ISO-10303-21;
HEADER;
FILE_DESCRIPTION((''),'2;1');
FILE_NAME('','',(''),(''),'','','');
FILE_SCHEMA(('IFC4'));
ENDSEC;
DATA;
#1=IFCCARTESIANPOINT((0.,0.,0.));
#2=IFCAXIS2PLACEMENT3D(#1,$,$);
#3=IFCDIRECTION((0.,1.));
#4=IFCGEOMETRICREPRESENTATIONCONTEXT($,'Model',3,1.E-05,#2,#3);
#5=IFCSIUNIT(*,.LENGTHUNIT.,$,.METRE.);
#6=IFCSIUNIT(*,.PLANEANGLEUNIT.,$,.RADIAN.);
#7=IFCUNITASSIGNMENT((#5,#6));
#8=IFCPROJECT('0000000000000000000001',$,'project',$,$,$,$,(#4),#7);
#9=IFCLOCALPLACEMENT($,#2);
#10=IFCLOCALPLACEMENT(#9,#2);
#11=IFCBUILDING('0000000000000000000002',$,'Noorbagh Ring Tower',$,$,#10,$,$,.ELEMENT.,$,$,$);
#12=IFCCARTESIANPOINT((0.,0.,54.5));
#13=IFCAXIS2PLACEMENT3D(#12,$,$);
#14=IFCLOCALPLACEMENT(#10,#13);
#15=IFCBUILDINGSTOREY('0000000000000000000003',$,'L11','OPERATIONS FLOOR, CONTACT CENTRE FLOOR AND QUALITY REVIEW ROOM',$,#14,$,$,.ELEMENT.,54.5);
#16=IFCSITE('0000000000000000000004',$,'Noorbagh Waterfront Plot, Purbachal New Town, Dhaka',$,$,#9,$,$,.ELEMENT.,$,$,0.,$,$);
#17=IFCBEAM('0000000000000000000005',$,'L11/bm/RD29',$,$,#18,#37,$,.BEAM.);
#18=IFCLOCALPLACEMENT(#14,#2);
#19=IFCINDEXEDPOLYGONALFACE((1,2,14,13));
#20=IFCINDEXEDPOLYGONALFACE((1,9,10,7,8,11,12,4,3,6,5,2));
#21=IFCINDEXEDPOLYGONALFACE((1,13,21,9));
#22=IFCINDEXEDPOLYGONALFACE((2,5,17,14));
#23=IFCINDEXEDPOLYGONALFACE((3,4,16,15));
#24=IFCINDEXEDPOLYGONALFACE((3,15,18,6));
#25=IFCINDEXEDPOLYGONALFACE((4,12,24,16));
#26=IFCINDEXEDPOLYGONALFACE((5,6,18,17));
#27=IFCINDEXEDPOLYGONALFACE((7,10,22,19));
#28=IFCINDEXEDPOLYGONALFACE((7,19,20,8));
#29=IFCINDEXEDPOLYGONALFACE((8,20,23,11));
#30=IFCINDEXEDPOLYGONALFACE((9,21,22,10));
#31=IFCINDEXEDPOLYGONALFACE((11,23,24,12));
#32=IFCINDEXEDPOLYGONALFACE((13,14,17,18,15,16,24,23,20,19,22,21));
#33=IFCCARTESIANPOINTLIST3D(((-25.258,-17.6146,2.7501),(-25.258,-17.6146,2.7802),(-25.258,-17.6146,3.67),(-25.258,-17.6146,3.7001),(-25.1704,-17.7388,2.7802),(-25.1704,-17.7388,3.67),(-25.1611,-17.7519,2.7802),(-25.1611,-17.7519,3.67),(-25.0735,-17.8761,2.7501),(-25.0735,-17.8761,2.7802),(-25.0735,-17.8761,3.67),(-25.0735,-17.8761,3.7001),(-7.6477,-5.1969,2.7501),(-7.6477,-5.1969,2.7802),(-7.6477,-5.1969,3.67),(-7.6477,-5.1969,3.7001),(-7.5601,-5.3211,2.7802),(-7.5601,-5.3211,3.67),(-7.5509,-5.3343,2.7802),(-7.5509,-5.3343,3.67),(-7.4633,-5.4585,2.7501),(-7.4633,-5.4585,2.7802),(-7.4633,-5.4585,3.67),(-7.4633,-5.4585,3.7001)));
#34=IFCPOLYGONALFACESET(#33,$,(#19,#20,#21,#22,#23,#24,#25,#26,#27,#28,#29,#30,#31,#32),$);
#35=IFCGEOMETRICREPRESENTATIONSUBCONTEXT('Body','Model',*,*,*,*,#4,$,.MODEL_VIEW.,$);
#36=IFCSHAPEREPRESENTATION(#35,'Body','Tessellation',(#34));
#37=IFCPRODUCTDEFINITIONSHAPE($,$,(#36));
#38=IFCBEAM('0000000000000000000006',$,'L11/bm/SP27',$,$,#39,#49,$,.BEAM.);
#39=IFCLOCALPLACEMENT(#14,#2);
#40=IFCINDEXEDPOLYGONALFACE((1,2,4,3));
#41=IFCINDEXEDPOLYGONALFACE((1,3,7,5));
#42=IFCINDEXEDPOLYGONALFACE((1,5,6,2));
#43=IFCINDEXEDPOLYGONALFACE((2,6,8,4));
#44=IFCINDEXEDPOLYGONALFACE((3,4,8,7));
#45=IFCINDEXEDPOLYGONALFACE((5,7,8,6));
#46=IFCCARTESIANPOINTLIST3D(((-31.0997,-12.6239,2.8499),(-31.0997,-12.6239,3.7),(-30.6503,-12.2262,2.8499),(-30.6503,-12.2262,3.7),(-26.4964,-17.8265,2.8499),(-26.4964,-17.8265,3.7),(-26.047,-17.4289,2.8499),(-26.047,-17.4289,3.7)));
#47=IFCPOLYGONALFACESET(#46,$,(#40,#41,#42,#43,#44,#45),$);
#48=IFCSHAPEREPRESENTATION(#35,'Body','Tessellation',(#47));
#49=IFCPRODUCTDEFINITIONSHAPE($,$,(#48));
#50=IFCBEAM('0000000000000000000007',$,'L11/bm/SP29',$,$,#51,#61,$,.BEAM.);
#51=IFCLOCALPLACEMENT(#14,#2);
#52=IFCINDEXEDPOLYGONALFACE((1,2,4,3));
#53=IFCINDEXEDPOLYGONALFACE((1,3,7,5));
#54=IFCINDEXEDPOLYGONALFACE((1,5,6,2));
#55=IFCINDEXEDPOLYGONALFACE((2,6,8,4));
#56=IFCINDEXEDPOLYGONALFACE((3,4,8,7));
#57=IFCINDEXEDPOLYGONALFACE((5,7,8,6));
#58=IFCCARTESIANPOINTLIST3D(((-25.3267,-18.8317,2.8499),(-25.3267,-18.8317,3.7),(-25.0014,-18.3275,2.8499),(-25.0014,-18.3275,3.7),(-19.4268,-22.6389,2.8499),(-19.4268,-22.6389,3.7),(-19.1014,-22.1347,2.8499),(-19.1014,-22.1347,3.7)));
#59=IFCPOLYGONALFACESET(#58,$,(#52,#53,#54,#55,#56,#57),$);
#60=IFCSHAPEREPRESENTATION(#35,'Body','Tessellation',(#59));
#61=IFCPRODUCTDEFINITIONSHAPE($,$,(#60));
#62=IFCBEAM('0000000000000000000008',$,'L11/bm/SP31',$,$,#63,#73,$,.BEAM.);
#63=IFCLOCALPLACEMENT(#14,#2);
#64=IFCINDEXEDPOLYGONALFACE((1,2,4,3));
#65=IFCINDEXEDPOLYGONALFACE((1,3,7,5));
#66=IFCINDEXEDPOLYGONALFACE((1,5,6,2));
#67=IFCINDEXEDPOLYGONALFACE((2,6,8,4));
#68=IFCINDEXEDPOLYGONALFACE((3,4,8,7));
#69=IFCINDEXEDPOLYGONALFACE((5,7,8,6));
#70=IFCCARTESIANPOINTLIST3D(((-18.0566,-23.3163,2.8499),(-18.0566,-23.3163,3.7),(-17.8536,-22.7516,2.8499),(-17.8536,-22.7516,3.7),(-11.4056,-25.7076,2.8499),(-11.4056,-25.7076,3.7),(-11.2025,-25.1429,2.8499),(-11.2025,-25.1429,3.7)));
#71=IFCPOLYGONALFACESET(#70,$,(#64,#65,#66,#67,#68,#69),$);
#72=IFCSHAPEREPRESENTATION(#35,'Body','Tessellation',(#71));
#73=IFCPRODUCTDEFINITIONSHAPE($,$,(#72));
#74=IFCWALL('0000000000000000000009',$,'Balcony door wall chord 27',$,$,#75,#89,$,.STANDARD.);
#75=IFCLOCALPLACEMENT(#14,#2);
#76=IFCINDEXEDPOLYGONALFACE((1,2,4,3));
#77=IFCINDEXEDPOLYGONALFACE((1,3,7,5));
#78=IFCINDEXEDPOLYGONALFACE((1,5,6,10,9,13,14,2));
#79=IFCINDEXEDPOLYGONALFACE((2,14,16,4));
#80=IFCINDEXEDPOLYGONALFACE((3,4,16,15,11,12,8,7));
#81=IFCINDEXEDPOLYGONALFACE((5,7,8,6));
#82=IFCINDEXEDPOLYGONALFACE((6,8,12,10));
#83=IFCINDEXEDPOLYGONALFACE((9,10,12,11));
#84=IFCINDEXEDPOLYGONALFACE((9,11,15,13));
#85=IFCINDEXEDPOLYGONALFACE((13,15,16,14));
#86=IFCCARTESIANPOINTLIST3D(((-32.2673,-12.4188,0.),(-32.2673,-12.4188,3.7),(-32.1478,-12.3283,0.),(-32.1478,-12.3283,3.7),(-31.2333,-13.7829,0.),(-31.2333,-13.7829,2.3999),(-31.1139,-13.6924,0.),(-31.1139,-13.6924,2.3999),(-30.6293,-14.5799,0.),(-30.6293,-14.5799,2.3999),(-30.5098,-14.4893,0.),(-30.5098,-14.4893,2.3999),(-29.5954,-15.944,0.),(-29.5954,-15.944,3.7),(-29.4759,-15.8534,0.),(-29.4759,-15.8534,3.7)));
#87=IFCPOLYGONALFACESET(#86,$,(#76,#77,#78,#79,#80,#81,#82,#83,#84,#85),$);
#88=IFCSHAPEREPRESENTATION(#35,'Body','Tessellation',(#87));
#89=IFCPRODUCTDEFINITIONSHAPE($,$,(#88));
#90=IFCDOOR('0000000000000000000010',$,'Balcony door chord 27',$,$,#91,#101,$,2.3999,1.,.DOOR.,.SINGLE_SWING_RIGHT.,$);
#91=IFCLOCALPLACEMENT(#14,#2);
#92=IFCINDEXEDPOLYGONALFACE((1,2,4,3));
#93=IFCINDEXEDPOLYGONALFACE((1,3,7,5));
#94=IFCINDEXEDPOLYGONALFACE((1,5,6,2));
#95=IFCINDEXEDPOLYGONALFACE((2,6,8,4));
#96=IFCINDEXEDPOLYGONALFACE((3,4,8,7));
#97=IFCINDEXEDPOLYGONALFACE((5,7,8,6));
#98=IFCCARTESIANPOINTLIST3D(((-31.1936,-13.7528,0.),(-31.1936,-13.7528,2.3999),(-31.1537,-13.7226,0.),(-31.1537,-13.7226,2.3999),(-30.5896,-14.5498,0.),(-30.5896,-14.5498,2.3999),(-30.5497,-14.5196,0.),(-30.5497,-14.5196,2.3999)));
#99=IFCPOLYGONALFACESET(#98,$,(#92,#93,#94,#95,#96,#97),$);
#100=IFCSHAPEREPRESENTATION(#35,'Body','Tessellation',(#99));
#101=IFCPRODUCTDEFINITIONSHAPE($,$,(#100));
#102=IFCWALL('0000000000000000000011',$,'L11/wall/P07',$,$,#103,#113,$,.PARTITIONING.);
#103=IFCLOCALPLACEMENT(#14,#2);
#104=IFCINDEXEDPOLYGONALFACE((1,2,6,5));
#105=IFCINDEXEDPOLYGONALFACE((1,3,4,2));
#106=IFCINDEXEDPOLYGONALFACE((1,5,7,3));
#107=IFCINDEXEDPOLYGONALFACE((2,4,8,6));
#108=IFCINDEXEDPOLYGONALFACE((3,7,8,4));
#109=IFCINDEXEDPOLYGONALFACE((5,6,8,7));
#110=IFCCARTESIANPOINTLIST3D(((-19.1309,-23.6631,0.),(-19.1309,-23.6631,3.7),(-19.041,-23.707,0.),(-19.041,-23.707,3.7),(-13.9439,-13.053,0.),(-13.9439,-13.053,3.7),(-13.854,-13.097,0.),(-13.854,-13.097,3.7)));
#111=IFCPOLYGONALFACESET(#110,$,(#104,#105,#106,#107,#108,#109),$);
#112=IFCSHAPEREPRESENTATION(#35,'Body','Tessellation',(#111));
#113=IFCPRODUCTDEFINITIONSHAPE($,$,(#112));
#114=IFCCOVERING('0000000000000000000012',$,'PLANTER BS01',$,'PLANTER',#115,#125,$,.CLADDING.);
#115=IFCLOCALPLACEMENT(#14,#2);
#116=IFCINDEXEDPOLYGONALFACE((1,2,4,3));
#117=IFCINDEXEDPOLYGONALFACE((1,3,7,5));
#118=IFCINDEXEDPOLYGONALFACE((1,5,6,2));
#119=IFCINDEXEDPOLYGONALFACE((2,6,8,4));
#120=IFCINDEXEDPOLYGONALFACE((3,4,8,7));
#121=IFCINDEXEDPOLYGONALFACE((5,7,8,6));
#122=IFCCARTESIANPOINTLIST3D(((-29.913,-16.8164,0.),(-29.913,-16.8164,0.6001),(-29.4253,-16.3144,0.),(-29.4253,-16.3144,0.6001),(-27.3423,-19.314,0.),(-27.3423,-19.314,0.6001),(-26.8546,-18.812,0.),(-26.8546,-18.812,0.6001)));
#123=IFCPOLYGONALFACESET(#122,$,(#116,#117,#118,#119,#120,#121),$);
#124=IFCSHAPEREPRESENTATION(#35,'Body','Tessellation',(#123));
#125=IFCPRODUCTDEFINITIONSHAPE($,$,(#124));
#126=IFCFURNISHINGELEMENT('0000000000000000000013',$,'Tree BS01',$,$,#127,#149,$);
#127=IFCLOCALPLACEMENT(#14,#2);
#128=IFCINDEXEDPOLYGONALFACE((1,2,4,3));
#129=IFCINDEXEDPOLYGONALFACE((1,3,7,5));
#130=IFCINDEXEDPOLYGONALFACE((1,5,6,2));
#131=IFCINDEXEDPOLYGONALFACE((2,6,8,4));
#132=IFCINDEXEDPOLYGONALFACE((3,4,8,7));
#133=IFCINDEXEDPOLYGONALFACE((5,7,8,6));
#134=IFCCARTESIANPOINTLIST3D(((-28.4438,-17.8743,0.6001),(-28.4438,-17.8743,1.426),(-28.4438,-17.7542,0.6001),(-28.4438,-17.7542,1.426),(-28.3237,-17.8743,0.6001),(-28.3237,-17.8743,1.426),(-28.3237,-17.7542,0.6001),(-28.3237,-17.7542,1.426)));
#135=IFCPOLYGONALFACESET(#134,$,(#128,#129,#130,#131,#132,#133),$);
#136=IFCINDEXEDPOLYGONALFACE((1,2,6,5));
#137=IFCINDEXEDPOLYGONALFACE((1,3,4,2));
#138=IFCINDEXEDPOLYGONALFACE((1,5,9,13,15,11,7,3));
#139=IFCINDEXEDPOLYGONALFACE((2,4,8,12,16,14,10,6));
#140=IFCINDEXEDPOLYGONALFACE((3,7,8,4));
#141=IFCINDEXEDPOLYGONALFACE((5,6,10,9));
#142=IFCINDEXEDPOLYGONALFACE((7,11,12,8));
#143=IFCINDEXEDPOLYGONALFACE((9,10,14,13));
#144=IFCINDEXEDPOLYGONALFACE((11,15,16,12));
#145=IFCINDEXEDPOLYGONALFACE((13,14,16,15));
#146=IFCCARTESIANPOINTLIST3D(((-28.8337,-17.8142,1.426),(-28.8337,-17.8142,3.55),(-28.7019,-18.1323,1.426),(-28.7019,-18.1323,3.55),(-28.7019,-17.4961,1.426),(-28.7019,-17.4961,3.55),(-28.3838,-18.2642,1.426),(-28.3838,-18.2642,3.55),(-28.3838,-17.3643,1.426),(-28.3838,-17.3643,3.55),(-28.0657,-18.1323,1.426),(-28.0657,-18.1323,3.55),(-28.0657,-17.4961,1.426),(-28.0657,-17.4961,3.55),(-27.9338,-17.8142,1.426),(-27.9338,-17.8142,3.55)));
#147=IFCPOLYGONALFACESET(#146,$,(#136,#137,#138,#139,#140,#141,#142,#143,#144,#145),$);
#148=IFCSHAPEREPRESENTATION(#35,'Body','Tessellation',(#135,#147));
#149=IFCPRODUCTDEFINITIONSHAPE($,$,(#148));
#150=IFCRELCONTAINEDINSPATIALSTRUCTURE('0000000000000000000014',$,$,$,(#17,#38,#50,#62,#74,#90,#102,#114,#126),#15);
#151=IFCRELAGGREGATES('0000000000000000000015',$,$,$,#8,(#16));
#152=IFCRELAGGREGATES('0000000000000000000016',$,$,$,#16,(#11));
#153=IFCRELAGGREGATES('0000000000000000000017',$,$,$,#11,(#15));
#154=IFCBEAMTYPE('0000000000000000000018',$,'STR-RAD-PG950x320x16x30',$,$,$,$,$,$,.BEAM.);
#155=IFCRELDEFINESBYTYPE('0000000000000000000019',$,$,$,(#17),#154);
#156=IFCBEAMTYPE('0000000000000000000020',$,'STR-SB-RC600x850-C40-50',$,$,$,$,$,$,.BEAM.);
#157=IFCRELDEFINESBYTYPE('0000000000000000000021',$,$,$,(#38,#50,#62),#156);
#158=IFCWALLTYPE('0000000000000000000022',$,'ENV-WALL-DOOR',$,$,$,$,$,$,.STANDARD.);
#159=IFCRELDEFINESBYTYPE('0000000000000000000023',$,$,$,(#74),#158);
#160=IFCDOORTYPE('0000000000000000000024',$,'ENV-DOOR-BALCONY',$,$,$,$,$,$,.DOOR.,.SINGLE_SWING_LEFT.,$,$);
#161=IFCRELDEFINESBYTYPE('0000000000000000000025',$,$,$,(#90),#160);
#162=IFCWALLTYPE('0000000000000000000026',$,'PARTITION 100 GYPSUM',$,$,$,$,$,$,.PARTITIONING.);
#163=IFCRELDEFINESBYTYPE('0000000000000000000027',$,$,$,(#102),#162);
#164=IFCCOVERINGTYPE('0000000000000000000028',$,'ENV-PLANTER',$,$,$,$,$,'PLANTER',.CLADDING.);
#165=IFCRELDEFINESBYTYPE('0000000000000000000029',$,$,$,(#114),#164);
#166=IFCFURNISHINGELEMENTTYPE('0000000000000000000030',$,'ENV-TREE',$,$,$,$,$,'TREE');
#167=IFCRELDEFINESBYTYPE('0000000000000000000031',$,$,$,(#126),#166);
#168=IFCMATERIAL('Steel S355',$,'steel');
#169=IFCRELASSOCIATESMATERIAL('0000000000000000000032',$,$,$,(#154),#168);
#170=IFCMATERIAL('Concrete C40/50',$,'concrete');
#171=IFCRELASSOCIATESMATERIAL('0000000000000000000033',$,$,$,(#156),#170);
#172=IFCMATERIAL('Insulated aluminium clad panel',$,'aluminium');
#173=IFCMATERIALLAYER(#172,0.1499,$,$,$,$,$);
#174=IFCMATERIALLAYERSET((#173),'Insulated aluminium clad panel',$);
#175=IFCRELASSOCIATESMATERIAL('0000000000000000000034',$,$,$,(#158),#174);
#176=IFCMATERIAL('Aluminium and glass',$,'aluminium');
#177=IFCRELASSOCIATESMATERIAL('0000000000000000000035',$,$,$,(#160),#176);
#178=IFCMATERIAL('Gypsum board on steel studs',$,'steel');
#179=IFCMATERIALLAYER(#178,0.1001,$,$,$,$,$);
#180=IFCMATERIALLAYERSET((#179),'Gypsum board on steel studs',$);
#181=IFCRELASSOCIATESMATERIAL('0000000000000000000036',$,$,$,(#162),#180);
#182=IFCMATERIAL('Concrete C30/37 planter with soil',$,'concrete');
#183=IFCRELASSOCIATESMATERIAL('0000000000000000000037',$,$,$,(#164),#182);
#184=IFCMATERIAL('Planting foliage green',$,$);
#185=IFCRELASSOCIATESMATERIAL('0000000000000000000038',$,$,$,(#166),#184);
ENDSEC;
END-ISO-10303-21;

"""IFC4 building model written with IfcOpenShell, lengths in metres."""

from ifc_helpers import new_model, si_unit, direction, frame, frame_2d, origin, origin_2d, place, context, subcontext, project, spatial, polyline, rectangle, i_section, outline, extrude, material, layer, layer_set, material_profile, profile_set, type_object, element, fill, save


model = new_model("IFC4")

# Units and contexts
model_context = context("Model", 3, precision=1e-05, world=origin(), true_north=direction((0.0, 1.0)))
body_context = subcontext(model_context, "Body", "Model", "MODEL_VIEW")
ifc_project = project(units=[si_unit("LENGTHUNIT", "METRE"), si_unit("PLANEANGLEUNIT", "RADIAN")], contexts=[model_context])

# Site, building, storey
site_placement = place(None, origin())
site = spatial("IfcSite", under=ifc_project, at=site_placement, Name="Noorbagh Waterfront Plot, Purbachal New Town, Dhaka", CompositionType="ELEMENT", RefElevation=0.0)
building_placement = place(site_placement, origin())
building = spatial("IfcBuilding", under=site, at=building_placement, Name="Noorbagh Ring Tower", CompositionType="ELEMENT")
storey_placement = place(building_placement, frame((0.0, 0.0, 54.5)))
storey = spatial("IfcBuildingStorey", under=building, at=storey_placement, Name="L11", Description="OPERATIONS FLOOR, CONTACT CENTRE FLOOR AND QUALITY REVIEW ROOM", CompositionType="ELEMENT", Elevation=54.5)

# Beams
ifc_material_1 = material(Name="Steel S355", Category="steel")
ifc_material_profile_1 = material_profile(ifc_material_1, i_section(OverallWidth=0.3201, OverallDepth=0.95, WebThickness=0.0161, FlangeThickness=0.03, at=origin_2d()), Name="PG950x320x16x30")
ifc_profile_set_1 = profile_set([ifc_material_profile_1], Name="Steel S355")
beam_type_1 = type_object("IfcBeamType", Name="STR-RAD-PG950x320x16x30", PredefinedType="BEAM", material=ifc_profile_set_1)
beam_1_placement = place(storey_placement, frame((-25.1658, -17.7454, 3.2251), z_axis=(0.817254, 0.576277, 0.0), x_axis=(-0.576277, 0.817254, 0.0)))
element("IfcBeam", 1, at=beam_1_placement, inside=storey, type_object=beam_type_1, Name="L11/bm/RD29", PredefinedType="BEAM", context=body_context, shape_type="SweptSolid", body=[
    extrude(i_section(OverallWidth=0.3201, OverallDepth=0.95, WebThickness=0.0161, FlangeThickness=0.03, at=origin_2d()), origin(), (0.0, 0.0, 1.0), 21.5481),
])
ifc_material_2 = material(Name="Concrete C40/50", Category="concrete")
ifc_material_profile_2 = material_profile(ifc_material_2, rectangle(XDim=0.6001, YDim=0.8501, at=origin_2d()), Name="RC600x850")
ifc_profile_set_2 = profile_set([ifc_material_profile_2], Name="Concrete C40/50")
beam_type_2 = type_object("IfcBeamType", Name="STR-SB-RC600x850-C40-50", PredefinedType="BEAM", material=ifc_profile_set_2)
beam_2_placement = place(storey_placement, frame((-30.875, -12.425, 3.2749), z_axis=(0.66265, -0.748929, 0.0), x_axis=(0.748929, 0.66265, 0.0)))
element("IfcBeam", 2, at=beam_2_placement, inside=storey, type_object=beam_type_2, Name="L11/bm/SP27", PredefinedType="BEAM", context=body_context, shape_type="SweptSolid", body=[
    extrude(rectangle(XDim=0.6001, YDim=0.8501, at=origin_2d()), origin(), (0.0, 0.0, 1.0), 6.9468),
])
beam_3_placement = place(storey_placement, frame((-25.1641, -18.5796, 3.2749), z_axis=(0.840249, -0.542201, 0.0), x_axis=(0.542201, 0.840249, 0.0)))
element("IfcBeam", 3, at=beam_3_placement, inside=storey, type_object=beam_type_2, Name="L11/bm/SP29", PredefinedType="BEAM", context=body_context, shape_type="SweptSolid", body=[
    extrude(rectangle(XDim=0.6001, YDim=0.8501, at=origin_2d()), origin(), (0.0, 0.0, 1.0), 7.0217),
])
beam_4_placement = place(storey_placement, frame((-17.9551, -23.0339, 3.2749), z_axis=(0.941025, -0.338338, 0.0), x_axis=(0.338338, 0.941025, 0.0)))
element("IfcBeam", 4, at=beam_4_placement, inside=storey, type_object=beam_type_2, Name="L11/bm/SP31", PredefinedType="BEAM", context=body_context, shape_type="SweptSolid", body=[
    extrude(rectangle(XDim=0.6001, YDim=0.8501, at=origin_2d()), origin(), (0.0, 0.0, 1.0), 7.0679),
])

# Wall, opening, door
ifc_material_3 = material(Name="Insulated aluminium clad panel", Category="aluminium")
ifc_layer_1 = layer(ifc_material_3, 0.1499)
ifc_layer_set_1 = layer_set([ifc_layer_1], Name="Insulated aluminium clad panel")
wall_type_1 = type_object("IfcWallType", Name="ENV-WALL-DOOR", PredefinedType="STANDARD", material=ifc_layer_set_1)
wall_1_placement = place(storey_placement, frame((-32.2075, -12.3735, 0.0), z_axis=(0.0, 0.0, 1.0), x_axis=(0.604046, -0.79695, 0.0)))
wall_1 = element("IfcWall", 5, at=wall_1_placement, inside=storey, type_object=wall_type_1, Name="Balcony door wall chord 27", PredefinedType="STANDARD", context=body_context, shape_type="SweptSolid", body=[
    extrude(rectangle(XDim=4.4233, YDim=0.1499, at=frame_2d((2.2117, 0.0))), origin(), (0.0, 0.0, 1.0), 3.7),
])
opening_placement = place(wall_1_placement, frame((1.7117, 0.0, 0.0)))
opening = element("IfcOpeningElement", 6, at=opening_placement, cuts=wall_1, PredefinedType="OPENING", context=body_context, shape_type="SweptSolid", body=[
    extrude(rectangle(XDim=1.0, YDim=2.3999, at=frame_2d((0.5, 1.2))), frame((0.0, 0.085, 0.0), z_axis=(0.0, -1.0, 0.0), x_axis=(1.0, 0.0, 0.0)), (0.0, 0.0, 1.0), 0.1699),
])
ifc_material_4 = material(Name="Aluminium and glass", Category="aluminium")
door_type = type_object("IfcDoorType", Name="ENV-DOOR-BALCONY", OperationType="SINGLE_SWING_LEFT", PredefinedType="DOOR", material=ifc_material_4)
door_placement = place(opening_placement, origin())
door = element("IfcDoor", 7, at=door_placement, inside=storey, type_object=door_type, Name="Balcony door chord 27", OperationType="SINGLE_SWING_RIGHT", OverallHeight=2.3999, OverallWidth=1.0, PredefinedType="DOOR", context=body_context, shape_type="SweptSolid", body=[
    extrude(rectangle(XDim=1.0, YDim=2.3999, at=frame_2d((0.5, 1.2))), frame((0.0, 0.0249, 0.0), z_axis=(0.0, -1.0, 0.0), x_axis=(1.0, 0.0, 0.0)), (0.0, 0.0, 1.0), 0.05),
])
fill(opening, door)

# Wall
ifc_material_5 = material(Name="Gypsum board on steel studs", Category="steel")
ifc_layer_2 = layer(ifc_material_5, 0.1001)
ifc_layer_set_2 = layer_set([ifc_layer_2], Name="Gypsum board on steel studs")
wall_type_2 = type_object("IfcWallType", Name="PARTITION 100 GYPSUM", PredefinedType="PARTITIONING", material=ifc_layer_set_2)
wall_2_placement = place(storey_placement, frame((-19.0859, -23.6851, 0.0), z_axis=(0.0, 0.0, 1.0), x_axis=(0.4392, 0.898389, 0.0)))
element("IfcWall", 8, at=wall_2_placement, inside=storey, type_object=wall_type_2, Name="L11/wall/P07", PredefinedType="PARTITIONING", context=body_context, shape_type="SweptSolid", body=[
    extrude(rectangle(XDim=11.8101, YDim=0.1001, at=frame_2d((5.905, 0.0))), origin(), (0.0, 0.0, 1.0), 3.7),
])

# Covering
ifc_material_6 = material(Name="Concrete C30/37 planter with soil", Category="concrete")
covering_type = type_object("IfcCoveringType", Name="ENV-PLANTER", ElementType="PLANTER", PredefinedType="CLADDING", material=ifc_material_6)
covering_placement = place(storey_placement, frame((-28.3838, -17.8142, 0.0), z_axis=(0.0, 0.0, 1.0), x_axis=(0.717225, -0.696842, 0.0)))
element("IfcCovering", 9, at=covering_placement, inside=storey, type_object=covering_type, Name="PLANTER BS01", ObjectType="PLANTER", PredefinedType="CLADDING", context=body_context, shape_type="SweptSolid", body=[
    extrude(rectangle(XDim=3.5842, YDim=0.7, at=origin_2d()), origin(), (0.0, 0.0, 1.0), 0.6001),
])

# Furnishing element
ifc_material_7 = material(Name="Planting foliage green")
furnishing_element_type = type_object("IfcFurnishingElementType", Name="ENV-TREE", ElementType="TREE", material=ifc_material_7)
furnishing_placement = place(storey_placement, frame((-28.3838, -17.8142, 0.6001), z_axis=(0.0, 0.0, 1.0), x_axis=(1.0, 0.0, 0.0)))
element("IfcFurnishingElement", 10, at=furnishing_placement, inside=storey, type_object=furnishing_element_type, Name="Tree BS01", context=body_context, shape_type="SweptSolid", body=[
    extrude(rectangle(XDim=0.1201, YDim=0.1201, at=origin_2d()), origin(), (0.0, 0.0, 1.0), 0.8259),
    extrude(outline(polyline([(0.45, 0.0), (0.3181, 0.3181), (0.0, 0.45), (-0.3181, 0.3181), (-0.45, 0.0), (-0.3181, -0.3181), (0.0, -0.45), (0.3181, -0.3181), (0.45, 0.0)])), frame((0.0, 0.0, 0.8259)), (0.0, 0.0, 1.0), 2.124),
])

save(model, "model.ifc")
